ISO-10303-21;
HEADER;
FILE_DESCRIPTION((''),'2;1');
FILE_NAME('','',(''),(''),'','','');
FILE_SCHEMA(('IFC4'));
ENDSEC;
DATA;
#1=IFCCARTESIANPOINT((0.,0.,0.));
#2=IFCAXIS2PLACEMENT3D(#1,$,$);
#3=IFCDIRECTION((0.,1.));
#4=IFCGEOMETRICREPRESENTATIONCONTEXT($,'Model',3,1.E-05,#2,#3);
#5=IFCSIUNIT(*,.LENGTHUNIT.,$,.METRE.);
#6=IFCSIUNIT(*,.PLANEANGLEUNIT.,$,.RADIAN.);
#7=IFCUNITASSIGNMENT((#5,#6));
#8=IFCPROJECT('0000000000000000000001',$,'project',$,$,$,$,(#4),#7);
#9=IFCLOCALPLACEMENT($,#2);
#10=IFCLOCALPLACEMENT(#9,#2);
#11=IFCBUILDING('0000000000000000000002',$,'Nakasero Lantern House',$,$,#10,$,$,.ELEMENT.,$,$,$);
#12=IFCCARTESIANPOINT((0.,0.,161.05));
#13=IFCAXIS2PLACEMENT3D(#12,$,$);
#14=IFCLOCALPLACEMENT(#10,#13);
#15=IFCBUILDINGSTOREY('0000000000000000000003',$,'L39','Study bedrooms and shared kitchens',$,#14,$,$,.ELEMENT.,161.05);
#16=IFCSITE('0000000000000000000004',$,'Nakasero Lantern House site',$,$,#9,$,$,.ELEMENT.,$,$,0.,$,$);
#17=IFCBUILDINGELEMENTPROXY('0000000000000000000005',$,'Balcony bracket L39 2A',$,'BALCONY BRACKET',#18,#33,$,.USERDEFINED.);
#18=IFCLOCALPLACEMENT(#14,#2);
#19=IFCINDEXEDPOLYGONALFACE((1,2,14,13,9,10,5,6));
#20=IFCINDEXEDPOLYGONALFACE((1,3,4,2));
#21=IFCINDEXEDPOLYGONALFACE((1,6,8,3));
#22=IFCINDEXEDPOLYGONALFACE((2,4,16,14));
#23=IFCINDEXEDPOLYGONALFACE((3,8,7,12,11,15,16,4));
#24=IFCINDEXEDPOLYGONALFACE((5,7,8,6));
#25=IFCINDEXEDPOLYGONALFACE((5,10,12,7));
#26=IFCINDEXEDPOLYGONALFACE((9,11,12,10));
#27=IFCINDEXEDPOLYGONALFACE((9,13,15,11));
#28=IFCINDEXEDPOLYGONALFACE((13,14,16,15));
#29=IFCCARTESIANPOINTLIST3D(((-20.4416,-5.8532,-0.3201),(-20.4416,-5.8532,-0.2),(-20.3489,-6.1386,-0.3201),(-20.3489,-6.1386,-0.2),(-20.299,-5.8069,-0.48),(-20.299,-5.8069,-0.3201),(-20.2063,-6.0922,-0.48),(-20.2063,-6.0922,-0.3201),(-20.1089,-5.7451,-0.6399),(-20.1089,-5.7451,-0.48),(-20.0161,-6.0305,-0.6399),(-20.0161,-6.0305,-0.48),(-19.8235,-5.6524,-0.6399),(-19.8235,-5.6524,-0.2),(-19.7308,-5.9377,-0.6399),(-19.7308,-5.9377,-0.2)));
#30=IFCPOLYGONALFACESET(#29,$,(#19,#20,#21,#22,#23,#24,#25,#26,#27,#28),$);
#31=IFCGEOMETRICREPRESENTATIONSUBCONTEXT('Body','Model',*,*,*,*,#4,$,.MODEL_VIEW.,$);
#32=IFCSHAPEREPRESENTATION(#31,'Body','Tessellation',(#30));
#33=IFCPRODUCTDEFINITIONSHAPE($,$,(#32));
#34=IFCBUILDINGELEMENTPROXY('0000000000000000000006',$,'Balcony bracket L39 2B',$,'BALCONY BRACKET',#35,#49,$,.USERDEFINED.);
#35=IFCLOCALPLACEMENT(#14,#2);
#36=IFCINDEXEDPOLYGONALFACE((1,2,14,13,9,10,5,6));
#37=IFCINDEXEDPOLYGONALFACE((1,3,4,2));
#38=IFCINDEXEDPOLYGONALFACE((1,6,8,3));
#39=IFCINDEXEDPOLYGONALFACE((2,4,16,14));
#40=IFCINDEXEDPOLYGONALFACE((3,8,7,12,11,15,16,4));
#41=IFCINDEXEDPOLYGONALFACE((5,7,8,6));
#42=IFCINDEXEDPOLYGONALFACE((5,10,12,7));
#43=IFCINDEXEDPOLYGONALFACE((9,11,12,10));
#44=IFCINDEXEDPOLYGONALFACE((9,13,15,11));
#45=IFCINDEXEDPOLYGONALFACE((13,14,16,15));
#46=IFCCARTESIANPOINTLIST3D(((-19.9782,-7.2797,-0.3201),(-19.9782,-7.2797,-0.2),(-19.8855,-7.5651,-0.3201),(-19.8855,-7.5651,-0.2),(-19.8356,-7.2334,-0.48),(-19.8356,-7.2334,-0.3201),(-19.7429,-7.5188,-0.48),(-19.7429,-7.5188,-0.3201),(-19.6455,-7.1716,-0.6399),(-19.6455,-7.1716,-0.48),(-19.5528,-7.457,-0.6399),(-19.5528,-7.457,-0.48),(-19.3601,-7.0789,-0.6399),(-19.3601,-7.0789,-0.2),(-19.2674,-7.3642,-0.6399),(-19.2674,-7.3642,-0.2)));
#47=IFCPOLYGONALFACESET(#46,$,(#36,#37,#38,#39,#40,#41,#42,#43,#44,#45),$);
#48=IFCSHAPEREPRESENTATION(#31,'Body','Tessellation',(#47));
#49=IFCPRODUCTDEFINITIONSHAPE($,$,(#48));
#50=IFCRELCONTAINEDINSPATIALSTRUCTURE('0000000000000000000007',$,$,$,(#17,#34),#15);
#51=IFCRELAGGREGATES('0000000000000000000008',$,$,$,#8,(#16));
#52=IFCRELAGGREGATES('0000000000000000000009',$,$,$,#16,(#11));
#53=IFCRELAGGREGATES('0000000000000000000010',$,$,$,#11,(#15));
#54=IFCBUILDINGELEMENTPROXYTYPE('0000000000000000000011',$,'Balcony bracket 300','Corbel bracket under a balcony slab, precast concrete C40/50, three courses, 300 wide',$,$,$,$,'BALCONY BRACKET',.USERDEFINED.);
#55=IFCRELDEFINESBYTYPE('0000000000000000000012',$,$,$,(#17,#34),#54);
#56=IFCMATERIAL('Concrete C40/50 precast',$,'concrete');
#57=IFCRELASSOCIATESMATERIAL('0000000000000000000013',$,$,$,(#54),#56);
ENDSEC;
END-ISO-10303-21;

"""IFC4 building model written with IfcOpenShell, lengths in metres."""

from ifc_helpers import new_model, si_unit, direction, frame, origin, place, context, subcontext, project, spatial, polyline, outline, extrude, material, type_object, element, save


model = new_model("IFC4")

# Units and contexts
model_context = context("Model", 3, precision=1e-05, world=origin(), true_north=direction((0.0, 1.0)))
body_context = subcontext(model_context, "Body", "Model", "MODEL_VIEW")
ifc_project = project(units=[si_unit("LENGTHUNIT", "METRE"), si_unit("PLANEANGLEUNIT", "RADIAN")], contexts=[model_context])

# Site, building, storey
site_placement = place(None, origin())
site = spatial("IfcSite", under=ifc_project, at=site_placement, Name="Nakasero Lantern House site", CompositionType="ELEMENT", RefElevation=0.0)
building_placement = place(site_placement, origin())
building = spatial("IfcBuilding", under=site, at=building_placement, Name="Nakasero Lantern House", CompositionType="ELEMENT")
storey_placement = place(building_placement, frame((0.0, 0.0, 161.05)))
storey = spatial("IfcBuildingStorey", under=building, at=storey_placement, Name="L39", Description="Study bedrooms and shared kitchens", CompositionType="ELEMENT", Elevation=161.05)

# Building element proxies
ifc_material_1 = material(Name="Concrete C40/50 precast", Category="concrete")
building_element_proxy_type = type_object("IfcBuildingElementProxyType", Name="Balcony bracket 300", Description="Corbel bracket under a balcony slab, precast concrete C40/50, three courses, 300 wide", ElementType="BALCONY BRACKET", PredefinedType="USERDEFINED", material=ifc_material_1)
for number, where, z_axis, x_axis, name in (
    (1, (-19.7771, -5.7952, -0.2), (0.0, 0.0, 1.0), (-0.951057, -0.309017, 0.0), "Balcony bracket L39 2A"),
    (2, (-19.3137, -7.2217, -0.2), (0.0, 0.0, 1.0), (-0.951057, -0.309017, 0.0), "Balcony bracket L39 2B"),
):
    element("IfcBuildingElementProxy", number, at=place(storey_placement, frame(where, z_axis=z_axis, x_axis=x_axis)), inside=storey, type_object=building_element_proxy_type, Name=name, ObjectType="BALCONY BRACKET", PredefinedType="USERDEFINED", context=body_context, shape_type="SweptSolid", body=[
        extrude(outline(polyline([(0.0, 0.0), (0.6499, 0.0), (0.6499, -0.1201), (0.5, -0.1201), (0.5, -0.28), (0.3, -0.28), (0.3, -0.4399), (0.0, -0.4399), (0.0, 0.0)])), frame((0.0, 0.1499, 0.0), z_axis=(0.0, -1.0, 0.0), x_axis=(1.0, 0.0, 0.0)), (0.0, 0.0, 1.0), 0.3),
    ])

save(model, "model.ifc")
